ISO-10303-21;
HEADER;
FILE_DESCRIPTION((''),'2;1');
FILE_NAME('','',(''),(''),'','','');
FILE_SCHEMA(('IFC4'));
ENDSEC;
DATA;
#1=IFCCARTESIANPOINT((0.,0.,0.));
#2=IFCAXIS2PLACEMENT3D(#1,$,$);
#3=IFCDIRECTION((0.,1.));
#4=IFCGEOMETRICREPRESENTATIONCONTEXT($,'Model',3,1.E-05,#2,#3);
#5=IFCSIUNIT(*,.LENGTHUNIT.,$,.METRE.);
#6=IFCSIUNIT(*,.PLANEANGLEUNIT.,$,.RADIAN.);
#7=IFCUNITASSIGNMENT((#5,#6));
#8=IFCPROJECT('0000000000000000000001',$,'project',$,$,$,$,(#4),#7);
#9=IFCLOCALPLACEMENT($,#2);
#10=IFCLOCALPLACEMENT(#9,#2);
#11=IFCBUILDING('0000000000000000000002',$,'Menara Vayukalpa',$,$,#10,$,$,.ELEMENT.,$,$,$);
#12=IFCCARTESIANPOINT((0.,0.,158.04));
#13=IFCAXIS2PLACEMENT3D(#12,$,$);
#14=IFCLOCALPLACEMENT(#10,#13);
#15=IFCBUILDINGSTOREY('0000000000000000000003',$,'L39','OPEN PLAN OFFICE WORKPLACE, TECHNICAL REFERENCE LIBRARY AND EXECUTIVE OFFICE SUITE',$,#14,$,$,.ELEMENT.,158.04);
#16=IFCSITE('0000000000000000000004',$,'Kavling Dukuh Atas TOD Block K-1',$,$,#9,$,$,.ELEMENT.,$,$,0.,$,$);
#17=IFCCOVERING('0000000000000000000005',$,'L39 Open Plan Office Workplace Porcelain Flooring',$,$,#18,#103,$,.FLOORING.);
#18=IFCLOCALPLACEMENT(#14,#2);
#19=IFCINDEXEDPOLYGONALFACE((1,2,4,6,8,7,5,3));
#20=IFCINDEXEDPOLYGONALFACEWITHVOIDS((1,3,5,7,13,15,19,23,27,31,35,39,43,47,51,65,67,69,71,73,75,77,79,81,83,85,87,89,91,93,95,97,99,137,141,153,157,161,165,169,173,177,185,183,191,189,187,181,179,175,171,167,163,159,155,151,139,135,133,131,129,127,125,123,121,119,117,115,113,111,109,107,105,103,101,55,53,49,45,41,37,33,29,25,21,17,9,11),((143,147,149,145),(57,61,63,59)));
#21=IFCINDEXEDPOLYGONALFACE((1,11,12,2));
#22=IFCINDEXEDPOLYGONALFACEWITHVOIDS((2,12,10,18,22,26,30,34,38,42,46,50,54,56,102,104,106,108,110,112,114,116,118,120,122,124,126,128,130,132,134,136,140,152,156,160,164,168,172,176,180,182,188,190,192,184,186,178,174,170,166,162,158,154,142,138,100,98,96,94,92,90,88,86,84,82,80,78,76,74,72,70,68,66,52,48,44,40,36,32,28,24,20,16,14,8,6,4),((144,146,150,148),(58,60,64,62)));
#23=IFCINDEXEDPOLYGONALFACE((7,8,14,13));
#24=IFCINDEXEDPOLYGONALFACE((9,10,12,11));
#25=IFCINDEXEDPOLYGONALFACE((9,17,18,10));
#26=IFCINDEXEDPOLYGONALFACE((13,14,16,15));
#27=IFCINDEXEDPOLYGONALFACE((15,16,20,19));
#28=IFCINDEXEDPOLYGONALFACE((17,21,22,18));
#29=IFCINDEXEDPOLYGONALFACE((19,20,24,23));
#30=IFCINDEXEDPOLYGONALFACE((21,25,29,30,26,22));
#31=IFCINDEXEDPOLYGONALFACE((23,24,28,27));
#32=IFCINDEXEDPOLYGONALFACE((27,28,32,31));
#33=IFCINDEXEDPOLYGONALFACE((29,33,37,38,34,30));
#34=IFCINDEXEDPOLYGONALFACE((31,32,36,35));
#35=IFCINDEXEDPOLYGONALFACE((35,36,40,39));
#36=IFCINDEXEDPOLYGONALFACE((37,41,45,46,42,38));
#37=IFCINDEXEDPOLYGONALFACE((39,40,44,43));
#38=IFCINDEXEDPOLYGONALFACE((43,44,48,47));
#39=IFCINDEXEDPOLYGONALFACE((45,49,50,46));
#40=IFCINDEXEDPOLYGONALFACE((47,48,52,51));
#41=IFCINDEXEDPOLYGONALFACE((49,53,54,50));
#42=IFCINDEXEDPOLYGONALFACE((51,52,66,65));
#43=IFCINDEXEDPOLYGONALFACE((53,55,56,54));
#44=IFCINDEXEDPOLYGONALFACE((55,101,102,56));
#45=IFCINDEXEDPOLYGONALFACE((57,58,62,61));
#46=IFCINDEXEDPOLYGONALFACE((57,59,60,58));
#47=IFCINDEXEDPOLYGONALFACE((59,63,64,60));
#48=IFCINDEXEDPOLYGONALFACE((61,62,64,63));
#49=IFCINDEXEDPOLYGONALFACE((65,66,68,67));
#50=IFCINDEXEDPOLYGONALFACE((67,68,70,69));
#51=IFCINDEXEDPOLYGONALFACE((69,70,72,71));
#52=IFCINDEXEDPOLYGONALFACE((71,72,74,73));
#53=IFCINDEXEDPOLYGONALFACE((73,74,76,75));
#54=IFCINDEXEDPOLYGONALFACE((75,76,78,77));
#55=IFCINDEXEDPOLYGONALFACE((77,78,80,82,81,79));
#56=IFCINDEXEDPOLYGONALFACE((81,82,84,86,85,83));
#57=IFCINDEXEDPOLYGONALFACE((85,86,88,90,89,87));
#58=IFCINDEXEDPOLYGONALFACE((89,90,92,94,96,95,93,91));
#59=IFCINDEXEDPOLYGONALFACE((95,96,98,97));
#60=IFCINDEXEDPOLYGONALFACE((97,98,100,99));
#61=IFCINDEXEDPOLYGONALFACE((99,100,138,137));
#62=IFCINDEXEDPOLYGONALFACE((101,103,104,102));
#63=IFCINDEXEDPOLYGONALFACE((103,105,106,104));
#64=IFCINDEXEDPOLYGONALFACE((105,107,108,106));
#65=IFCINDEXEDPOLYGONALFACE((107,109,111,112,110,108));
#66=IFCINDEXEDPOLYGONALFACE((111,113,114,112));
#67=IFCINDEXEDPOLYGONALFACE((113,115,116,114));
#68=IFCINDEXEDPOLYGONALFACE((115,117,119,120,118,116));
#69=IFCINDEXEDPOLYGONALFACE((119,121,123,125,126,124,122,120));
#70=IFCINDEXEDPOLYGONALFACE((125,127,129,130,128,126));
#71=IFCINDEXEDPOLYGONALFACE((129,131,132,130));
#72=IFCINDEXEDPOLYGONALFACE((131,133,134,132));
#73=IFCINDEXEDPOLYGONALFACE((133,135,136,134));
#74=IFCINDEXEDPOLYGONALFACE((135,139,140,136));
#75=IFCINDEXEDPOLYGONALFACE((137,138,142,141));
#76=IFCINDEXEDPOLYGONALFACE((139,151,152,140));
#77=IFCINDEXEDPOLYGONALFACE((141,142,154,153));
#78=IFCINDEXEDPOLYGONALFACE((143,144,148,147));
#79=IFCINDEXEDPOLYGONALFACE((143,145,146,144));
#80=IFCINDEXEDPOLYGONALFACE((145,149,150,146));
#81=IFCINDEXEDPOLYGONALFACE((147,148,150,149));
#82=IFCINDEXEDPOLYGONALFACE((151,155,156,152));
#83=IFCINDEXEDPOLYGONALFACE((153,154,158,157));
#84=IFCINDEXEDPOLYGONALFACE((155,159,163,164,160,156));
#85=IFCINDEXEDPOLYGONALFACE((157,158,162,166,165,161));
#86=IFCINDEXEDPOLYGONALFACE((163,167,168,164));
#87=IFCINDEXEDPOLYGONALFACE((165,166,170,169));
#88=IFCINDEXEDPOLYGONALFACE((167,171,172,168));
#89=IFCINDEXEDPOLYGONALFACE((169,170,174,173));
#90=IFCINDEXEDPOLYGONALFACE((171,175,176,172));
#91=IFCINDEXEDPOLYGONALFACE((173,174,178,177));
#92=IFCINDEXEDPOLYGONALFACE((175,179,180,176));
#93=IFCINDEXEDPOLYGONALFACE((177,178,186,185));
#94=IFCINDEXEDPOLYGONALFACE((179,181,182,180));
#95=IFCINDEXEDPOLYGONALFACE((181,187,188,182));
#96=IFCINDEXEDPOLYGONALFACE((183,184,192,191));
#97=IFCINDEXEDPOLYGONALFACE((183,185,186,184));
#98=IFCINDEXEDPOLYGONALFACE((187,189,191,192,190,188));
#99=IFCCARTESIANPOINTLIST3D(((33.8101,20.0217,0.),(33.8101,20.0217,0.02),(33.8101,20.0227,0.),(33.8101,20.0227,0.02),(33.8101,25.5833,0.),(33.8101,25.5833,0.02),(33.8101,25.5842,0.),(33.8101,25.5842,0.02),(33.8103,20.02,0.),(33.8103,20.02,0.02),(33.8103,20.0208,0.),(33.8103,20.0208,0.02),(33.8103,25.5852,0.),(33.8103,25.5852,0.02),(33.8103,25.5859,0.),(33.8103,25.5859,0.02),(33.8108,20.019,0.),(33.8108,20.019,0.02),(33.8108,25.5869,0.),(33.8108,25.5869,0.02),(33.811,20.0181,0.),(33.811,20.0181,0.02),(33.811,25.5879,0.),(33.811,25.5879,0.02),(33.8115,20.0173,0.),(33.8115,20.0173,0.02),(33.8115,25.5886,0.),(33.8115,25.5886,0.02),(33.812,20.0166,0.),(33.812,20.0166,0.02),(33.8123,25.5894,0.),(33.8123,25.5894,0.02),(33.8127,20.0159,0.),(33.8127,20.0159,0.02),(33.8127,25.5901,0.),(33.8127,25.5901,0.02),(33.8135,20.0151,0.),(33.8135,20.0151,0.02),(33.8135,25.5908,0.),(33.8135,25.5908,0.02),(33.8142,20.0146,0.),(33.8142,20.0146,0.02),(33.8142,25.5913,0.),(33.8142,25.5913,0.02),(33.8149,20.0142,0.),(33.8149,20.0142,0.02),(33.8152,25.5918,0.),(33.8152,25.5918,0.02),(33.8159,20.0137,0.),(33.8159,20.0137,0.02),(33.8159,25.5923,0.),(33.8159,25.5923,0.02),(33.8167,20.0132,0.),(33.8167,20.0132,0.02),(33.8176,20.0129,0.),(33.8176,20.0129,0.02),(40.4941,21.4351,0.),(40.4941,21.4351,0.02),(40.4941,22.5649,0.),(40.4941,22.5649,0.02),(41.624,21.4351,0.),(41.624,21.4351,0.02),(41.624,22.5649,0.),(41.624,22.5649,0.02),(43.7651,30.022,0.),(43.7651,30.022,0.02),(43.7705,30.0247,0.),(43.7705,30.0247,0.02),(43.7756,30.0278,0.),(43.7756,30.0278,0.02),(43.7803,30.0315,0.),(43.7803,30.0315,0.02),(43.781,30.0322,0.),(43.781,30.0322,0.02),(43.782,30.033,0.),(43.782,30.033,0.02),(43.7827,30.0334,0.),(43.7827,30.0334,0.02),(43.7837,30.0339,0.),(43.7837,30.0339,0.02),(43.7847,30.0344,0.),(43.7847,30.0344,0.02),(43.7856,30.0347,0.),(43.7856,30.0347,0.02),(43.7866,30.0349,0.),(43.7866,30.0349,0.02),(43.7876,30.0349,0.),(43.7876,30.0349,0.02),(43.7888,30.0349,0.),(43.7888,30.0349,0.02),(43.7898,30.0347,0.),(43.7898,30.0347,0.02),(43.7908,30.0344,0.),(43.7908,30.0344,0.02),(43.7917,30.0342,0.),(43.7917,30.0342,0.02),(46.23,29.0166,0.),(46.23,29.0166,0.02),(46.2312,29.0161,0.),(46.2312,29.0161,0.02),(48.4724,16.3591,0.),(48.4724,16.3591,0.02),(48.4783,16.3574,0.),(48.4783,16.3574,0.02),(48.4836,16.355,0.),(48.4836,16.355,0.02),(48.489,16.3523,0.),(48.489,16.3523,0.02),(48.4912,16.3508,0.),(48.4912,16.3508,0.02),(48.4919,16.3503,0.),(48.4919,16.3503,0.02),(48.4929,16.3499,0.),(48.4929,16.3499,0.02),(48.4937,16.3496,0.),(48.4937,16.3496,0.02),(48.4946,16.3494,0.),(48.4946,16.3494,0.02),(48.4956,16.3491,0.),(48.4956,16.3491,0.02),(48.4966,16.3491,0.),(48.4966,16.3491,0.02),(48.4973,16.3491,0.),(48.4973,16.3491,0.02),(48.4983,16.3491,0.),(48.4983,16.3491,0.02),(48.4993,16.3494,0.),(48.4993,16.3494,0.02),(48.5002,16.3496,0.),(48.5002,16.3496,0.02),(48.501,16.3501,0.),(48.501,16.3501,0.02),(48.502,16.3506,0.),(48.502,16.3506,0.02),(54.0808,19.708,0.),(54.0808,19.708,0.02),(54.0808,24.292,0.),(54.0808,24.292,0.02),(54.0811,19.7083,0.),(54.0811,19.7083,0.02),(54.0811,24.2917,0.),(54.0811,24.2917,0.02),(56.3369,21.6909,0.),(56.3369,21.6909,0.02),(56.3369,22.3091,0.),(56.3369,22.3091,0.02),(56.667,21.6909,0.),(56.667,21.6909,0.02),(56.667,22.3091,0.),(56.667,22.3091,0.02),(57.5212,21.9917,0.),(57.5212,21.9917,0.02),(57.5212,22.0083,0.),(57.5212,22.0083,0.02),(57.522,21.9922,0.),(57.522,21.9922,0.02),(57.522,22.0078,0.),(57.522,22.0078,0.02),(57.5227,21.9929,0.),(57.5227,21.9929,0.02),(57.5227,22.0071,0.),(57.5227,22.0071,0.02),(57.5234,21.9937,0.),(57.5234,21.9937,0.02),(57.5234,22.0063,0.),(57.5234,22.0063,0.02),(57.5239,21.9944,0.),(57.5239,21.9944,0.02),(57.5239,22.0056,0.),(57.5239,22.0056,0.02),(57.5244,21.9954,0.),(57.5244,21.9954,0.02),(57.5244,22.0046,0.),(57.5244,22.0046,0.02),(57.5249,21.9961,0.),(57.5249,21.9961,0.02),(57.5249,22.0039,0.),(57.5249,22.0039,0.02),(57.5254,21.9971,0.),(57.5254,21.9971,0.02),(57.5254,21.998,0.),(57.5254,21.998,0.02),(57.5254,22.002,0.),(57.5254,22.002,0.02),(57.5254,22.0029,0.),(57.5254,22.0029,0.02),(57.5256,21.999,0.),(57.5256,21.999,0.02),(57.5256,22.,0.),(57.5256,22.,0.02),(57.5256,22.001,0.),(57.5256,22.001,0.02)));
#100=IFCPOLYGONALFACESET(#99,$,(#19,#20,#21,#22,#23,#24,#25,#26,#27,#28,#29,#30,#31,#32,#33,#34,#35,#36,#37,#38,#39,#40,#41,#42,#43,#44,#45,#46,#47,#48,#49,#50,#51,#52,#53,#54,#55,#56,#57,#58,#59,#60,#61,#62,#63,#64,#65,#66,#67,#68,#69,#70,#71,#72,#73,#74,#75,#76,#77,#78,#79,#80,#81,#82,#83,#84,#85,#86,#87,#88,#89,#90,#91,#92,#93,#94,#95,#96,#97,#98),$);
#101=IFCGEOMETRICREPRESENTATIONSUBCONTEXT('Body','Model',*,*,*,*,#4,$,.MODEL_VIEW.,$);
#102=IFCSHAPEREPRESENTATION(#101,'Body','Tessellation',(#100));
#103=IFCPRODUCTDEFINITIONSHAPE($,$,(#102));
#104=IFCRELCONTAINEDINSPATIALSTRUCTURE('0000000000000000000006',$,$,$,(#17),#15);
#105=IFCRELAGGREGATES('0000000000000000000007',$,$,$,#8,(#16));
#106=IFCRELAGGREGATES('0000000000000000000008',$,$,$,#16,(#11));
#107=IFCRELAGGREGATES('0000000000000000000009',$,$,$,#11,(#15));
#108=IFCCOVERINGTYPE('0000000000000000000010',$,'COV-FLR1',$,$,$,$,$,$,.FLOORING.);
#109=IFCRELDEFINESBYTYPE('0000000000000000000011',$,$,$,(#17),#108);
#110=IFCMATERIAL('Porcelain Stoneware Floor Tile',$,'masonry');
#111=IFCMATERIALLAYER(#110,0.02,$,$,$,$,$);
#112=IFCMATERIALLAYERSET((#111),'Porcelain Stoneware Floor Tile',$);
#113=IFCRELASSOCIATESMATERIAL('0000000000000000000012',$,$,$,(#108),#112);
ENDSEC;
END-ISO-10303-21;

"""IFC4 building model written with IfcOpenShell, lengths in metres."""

from ifc_helpers import new_model, si_unit, direction, frame, origin, place, context, subcontext, project, spatial, polyline, outline, extrude, material, layer, layer_set, type_object, element, save


model = new_model("IFC4")

# Units and contexts
model_context = context("Model", 3, precision=1e-05, world=origin(), true_north=direction((0.0, 1.0)))
body_context = subcontext(model_context, "Body", "Model", "MODEL_VIEW")
ifc_project = project(units=[si_unit("LENGTHUNIT", "METRE"), si_unit("PLANEANGLEUNIT", "RADIAN")], contexts=[model_context])

# Site, building, storey
site_placement = place(None, origin())
site = spatial("IfcSite", under=ifc_project, at=site_placement, Name="Kavling Dukuh Atas TOD Block K-1", CompositionType="ELEMENT", RefElevation=0.0)
building_placement = place(site_placement, origin())
building = spatial("IfcBuilding", under=site, at=building_placement, Name="Menara Vayukalpa", CompositionType="ELEMENT")
storey_placement = place(building_placement, frame((0.0, 0.0, 158.04)))
storey = spatial("IfcBuildingStorey", under=building, at=storey_placement, Name="L39", Description="OPEN PLAN OFFICE WORKPLACE, TECHNICAL REFERENCE LIBRARY AND EXECUTIVE OFFICE SUITE", CompositionType="ELEMENT", Elevation=158.04)

# Covering
ifc_material_1 = material(Name="Porcelain Stoneware Floor Tile", Category="masonry")
ifc_layer_1 = layer(ifc_material_1, 0.02)
ifc_layer_set_1 = layer_set([ifc_layer_1], Name="Porcelain Stoneware Floor Tile")
covering_type_1 = type_object("IfcCoveringType", Name="COV-FLR1", PredefinedType="FLOORING", material=ifc_layer_set_1)
covering_1_placement = place(storey_placement, origin())
element("IfcCovering", 1, at=covering_1_placement, inside=storey, type_object=covering_type_1, Name="L39 Open Plan Office Workplace Porcelain Flooring", PredefinedType="FLOORING", context=body_context, shape_type="SweptSolid", body=[
    extrude(outline(polyline([(54.0811, 24.2917), (57.5212, 22.0083), (57.522, 22.0078), (57.5227, 22.0071), (57.5234, 22.0063), (57.5239, 22.0056), (57.5244, 22.0046), (57.5249, 22.0039), (57.5254, 22.0029), (57.5254, 22.002), (57.5256, 22.001), (57.5256, 22.0), (57.5256, 21.999), (57.5254, 21.998), (57.5254, 21.9971), (57.5249, 21.9961), (57.5244, 21.9954), (57.5239, 21.9944), (57.5234, 21.9937), (57.5227, 21.9929), (57.522, 21.9922), (57.5212, 21.9917), (54.0811, 19.7083), (54.0808, 19.708), (48.502, 16.3506), (48.501, 16.3501), (48.5002, 16.3496), (48.4993, 16.3494), (48.4983, 16.3491), (48.4973, 16.3491), (48.4966, 16.3491), (48.4956, 16.3491), (48.4946, 16.3494), (48.4937, 16.3496), (48.4929, 16.3499), (48.4919, 16.3503), (48.4912, 16.3508), (48.489, 16.3523), (48.4836, 16.355), (48.4783, 16.3574), (48.4724, 16.3591), (33.8176, 20.0129), (33.8167, 20.0132), (33.8159, 20.0137), (33.8149, 20.0142), (33.8142, 20.0146), (33.8135, 20.0151), (33.8127, 20.0159), (33.812, 20.0166), (33.8115, 20.0173), (33.811, 20.0181), (33.8108, 20.019), (33.8103, 20.02), (33.8103, 20.0208), (33.8101, 20.0217), (33.8101, 20.0227), (33.8101, 25.5833), (33.8101, 25.5842), (33.8103, 25.5852), (33.8103, 25.5859), (33.8108, 25.5869), (33.811, 25.5879), (33.8115, 25.5886), (33.8123, 25.5894), (33.8127, 25.5901), (33.8135, 25.5908), (33.8142, 25.5913), (33.8152, 25.5918), (33.8159, 25.5923), (43.7651, 30.022), (43.7705, 30.0247), (43.7756, 30.0278), (43.7803, 30.0315), (43.781, 30.0322), (43.782, 30.033), (43.7827, 30.0334), (43.7837, 30.0339), (43.7847, 30.0344), (43.7856, 30.0347), (43.7866, 30.0349), (43.7876, 30.0349), (43.7888, 30.0349), (43.7898, 30.0347), (43.7908, 30.0344), (43.7917, 30.0342), (46.23, 29.0166), (46.2312, 29.0161), (54.0808, 24.292), (54.0811, 24.2917)]), holes=[polyline([(41.624, 22.5649), (40.4941, 22.5649), (40.4941, 21.4351), (41.624, 21.4351), (41.624, 22.5649)]), polyline([(56.667, 22.3091), (56.3369, 22.3091), (56.3369, 21.6909), (56.667, 21.6909), (56.667, 22.3091)])]), origin(), (0.0, 0.0, 1.0), 0.02),
])

save(model, "model.ifc")
